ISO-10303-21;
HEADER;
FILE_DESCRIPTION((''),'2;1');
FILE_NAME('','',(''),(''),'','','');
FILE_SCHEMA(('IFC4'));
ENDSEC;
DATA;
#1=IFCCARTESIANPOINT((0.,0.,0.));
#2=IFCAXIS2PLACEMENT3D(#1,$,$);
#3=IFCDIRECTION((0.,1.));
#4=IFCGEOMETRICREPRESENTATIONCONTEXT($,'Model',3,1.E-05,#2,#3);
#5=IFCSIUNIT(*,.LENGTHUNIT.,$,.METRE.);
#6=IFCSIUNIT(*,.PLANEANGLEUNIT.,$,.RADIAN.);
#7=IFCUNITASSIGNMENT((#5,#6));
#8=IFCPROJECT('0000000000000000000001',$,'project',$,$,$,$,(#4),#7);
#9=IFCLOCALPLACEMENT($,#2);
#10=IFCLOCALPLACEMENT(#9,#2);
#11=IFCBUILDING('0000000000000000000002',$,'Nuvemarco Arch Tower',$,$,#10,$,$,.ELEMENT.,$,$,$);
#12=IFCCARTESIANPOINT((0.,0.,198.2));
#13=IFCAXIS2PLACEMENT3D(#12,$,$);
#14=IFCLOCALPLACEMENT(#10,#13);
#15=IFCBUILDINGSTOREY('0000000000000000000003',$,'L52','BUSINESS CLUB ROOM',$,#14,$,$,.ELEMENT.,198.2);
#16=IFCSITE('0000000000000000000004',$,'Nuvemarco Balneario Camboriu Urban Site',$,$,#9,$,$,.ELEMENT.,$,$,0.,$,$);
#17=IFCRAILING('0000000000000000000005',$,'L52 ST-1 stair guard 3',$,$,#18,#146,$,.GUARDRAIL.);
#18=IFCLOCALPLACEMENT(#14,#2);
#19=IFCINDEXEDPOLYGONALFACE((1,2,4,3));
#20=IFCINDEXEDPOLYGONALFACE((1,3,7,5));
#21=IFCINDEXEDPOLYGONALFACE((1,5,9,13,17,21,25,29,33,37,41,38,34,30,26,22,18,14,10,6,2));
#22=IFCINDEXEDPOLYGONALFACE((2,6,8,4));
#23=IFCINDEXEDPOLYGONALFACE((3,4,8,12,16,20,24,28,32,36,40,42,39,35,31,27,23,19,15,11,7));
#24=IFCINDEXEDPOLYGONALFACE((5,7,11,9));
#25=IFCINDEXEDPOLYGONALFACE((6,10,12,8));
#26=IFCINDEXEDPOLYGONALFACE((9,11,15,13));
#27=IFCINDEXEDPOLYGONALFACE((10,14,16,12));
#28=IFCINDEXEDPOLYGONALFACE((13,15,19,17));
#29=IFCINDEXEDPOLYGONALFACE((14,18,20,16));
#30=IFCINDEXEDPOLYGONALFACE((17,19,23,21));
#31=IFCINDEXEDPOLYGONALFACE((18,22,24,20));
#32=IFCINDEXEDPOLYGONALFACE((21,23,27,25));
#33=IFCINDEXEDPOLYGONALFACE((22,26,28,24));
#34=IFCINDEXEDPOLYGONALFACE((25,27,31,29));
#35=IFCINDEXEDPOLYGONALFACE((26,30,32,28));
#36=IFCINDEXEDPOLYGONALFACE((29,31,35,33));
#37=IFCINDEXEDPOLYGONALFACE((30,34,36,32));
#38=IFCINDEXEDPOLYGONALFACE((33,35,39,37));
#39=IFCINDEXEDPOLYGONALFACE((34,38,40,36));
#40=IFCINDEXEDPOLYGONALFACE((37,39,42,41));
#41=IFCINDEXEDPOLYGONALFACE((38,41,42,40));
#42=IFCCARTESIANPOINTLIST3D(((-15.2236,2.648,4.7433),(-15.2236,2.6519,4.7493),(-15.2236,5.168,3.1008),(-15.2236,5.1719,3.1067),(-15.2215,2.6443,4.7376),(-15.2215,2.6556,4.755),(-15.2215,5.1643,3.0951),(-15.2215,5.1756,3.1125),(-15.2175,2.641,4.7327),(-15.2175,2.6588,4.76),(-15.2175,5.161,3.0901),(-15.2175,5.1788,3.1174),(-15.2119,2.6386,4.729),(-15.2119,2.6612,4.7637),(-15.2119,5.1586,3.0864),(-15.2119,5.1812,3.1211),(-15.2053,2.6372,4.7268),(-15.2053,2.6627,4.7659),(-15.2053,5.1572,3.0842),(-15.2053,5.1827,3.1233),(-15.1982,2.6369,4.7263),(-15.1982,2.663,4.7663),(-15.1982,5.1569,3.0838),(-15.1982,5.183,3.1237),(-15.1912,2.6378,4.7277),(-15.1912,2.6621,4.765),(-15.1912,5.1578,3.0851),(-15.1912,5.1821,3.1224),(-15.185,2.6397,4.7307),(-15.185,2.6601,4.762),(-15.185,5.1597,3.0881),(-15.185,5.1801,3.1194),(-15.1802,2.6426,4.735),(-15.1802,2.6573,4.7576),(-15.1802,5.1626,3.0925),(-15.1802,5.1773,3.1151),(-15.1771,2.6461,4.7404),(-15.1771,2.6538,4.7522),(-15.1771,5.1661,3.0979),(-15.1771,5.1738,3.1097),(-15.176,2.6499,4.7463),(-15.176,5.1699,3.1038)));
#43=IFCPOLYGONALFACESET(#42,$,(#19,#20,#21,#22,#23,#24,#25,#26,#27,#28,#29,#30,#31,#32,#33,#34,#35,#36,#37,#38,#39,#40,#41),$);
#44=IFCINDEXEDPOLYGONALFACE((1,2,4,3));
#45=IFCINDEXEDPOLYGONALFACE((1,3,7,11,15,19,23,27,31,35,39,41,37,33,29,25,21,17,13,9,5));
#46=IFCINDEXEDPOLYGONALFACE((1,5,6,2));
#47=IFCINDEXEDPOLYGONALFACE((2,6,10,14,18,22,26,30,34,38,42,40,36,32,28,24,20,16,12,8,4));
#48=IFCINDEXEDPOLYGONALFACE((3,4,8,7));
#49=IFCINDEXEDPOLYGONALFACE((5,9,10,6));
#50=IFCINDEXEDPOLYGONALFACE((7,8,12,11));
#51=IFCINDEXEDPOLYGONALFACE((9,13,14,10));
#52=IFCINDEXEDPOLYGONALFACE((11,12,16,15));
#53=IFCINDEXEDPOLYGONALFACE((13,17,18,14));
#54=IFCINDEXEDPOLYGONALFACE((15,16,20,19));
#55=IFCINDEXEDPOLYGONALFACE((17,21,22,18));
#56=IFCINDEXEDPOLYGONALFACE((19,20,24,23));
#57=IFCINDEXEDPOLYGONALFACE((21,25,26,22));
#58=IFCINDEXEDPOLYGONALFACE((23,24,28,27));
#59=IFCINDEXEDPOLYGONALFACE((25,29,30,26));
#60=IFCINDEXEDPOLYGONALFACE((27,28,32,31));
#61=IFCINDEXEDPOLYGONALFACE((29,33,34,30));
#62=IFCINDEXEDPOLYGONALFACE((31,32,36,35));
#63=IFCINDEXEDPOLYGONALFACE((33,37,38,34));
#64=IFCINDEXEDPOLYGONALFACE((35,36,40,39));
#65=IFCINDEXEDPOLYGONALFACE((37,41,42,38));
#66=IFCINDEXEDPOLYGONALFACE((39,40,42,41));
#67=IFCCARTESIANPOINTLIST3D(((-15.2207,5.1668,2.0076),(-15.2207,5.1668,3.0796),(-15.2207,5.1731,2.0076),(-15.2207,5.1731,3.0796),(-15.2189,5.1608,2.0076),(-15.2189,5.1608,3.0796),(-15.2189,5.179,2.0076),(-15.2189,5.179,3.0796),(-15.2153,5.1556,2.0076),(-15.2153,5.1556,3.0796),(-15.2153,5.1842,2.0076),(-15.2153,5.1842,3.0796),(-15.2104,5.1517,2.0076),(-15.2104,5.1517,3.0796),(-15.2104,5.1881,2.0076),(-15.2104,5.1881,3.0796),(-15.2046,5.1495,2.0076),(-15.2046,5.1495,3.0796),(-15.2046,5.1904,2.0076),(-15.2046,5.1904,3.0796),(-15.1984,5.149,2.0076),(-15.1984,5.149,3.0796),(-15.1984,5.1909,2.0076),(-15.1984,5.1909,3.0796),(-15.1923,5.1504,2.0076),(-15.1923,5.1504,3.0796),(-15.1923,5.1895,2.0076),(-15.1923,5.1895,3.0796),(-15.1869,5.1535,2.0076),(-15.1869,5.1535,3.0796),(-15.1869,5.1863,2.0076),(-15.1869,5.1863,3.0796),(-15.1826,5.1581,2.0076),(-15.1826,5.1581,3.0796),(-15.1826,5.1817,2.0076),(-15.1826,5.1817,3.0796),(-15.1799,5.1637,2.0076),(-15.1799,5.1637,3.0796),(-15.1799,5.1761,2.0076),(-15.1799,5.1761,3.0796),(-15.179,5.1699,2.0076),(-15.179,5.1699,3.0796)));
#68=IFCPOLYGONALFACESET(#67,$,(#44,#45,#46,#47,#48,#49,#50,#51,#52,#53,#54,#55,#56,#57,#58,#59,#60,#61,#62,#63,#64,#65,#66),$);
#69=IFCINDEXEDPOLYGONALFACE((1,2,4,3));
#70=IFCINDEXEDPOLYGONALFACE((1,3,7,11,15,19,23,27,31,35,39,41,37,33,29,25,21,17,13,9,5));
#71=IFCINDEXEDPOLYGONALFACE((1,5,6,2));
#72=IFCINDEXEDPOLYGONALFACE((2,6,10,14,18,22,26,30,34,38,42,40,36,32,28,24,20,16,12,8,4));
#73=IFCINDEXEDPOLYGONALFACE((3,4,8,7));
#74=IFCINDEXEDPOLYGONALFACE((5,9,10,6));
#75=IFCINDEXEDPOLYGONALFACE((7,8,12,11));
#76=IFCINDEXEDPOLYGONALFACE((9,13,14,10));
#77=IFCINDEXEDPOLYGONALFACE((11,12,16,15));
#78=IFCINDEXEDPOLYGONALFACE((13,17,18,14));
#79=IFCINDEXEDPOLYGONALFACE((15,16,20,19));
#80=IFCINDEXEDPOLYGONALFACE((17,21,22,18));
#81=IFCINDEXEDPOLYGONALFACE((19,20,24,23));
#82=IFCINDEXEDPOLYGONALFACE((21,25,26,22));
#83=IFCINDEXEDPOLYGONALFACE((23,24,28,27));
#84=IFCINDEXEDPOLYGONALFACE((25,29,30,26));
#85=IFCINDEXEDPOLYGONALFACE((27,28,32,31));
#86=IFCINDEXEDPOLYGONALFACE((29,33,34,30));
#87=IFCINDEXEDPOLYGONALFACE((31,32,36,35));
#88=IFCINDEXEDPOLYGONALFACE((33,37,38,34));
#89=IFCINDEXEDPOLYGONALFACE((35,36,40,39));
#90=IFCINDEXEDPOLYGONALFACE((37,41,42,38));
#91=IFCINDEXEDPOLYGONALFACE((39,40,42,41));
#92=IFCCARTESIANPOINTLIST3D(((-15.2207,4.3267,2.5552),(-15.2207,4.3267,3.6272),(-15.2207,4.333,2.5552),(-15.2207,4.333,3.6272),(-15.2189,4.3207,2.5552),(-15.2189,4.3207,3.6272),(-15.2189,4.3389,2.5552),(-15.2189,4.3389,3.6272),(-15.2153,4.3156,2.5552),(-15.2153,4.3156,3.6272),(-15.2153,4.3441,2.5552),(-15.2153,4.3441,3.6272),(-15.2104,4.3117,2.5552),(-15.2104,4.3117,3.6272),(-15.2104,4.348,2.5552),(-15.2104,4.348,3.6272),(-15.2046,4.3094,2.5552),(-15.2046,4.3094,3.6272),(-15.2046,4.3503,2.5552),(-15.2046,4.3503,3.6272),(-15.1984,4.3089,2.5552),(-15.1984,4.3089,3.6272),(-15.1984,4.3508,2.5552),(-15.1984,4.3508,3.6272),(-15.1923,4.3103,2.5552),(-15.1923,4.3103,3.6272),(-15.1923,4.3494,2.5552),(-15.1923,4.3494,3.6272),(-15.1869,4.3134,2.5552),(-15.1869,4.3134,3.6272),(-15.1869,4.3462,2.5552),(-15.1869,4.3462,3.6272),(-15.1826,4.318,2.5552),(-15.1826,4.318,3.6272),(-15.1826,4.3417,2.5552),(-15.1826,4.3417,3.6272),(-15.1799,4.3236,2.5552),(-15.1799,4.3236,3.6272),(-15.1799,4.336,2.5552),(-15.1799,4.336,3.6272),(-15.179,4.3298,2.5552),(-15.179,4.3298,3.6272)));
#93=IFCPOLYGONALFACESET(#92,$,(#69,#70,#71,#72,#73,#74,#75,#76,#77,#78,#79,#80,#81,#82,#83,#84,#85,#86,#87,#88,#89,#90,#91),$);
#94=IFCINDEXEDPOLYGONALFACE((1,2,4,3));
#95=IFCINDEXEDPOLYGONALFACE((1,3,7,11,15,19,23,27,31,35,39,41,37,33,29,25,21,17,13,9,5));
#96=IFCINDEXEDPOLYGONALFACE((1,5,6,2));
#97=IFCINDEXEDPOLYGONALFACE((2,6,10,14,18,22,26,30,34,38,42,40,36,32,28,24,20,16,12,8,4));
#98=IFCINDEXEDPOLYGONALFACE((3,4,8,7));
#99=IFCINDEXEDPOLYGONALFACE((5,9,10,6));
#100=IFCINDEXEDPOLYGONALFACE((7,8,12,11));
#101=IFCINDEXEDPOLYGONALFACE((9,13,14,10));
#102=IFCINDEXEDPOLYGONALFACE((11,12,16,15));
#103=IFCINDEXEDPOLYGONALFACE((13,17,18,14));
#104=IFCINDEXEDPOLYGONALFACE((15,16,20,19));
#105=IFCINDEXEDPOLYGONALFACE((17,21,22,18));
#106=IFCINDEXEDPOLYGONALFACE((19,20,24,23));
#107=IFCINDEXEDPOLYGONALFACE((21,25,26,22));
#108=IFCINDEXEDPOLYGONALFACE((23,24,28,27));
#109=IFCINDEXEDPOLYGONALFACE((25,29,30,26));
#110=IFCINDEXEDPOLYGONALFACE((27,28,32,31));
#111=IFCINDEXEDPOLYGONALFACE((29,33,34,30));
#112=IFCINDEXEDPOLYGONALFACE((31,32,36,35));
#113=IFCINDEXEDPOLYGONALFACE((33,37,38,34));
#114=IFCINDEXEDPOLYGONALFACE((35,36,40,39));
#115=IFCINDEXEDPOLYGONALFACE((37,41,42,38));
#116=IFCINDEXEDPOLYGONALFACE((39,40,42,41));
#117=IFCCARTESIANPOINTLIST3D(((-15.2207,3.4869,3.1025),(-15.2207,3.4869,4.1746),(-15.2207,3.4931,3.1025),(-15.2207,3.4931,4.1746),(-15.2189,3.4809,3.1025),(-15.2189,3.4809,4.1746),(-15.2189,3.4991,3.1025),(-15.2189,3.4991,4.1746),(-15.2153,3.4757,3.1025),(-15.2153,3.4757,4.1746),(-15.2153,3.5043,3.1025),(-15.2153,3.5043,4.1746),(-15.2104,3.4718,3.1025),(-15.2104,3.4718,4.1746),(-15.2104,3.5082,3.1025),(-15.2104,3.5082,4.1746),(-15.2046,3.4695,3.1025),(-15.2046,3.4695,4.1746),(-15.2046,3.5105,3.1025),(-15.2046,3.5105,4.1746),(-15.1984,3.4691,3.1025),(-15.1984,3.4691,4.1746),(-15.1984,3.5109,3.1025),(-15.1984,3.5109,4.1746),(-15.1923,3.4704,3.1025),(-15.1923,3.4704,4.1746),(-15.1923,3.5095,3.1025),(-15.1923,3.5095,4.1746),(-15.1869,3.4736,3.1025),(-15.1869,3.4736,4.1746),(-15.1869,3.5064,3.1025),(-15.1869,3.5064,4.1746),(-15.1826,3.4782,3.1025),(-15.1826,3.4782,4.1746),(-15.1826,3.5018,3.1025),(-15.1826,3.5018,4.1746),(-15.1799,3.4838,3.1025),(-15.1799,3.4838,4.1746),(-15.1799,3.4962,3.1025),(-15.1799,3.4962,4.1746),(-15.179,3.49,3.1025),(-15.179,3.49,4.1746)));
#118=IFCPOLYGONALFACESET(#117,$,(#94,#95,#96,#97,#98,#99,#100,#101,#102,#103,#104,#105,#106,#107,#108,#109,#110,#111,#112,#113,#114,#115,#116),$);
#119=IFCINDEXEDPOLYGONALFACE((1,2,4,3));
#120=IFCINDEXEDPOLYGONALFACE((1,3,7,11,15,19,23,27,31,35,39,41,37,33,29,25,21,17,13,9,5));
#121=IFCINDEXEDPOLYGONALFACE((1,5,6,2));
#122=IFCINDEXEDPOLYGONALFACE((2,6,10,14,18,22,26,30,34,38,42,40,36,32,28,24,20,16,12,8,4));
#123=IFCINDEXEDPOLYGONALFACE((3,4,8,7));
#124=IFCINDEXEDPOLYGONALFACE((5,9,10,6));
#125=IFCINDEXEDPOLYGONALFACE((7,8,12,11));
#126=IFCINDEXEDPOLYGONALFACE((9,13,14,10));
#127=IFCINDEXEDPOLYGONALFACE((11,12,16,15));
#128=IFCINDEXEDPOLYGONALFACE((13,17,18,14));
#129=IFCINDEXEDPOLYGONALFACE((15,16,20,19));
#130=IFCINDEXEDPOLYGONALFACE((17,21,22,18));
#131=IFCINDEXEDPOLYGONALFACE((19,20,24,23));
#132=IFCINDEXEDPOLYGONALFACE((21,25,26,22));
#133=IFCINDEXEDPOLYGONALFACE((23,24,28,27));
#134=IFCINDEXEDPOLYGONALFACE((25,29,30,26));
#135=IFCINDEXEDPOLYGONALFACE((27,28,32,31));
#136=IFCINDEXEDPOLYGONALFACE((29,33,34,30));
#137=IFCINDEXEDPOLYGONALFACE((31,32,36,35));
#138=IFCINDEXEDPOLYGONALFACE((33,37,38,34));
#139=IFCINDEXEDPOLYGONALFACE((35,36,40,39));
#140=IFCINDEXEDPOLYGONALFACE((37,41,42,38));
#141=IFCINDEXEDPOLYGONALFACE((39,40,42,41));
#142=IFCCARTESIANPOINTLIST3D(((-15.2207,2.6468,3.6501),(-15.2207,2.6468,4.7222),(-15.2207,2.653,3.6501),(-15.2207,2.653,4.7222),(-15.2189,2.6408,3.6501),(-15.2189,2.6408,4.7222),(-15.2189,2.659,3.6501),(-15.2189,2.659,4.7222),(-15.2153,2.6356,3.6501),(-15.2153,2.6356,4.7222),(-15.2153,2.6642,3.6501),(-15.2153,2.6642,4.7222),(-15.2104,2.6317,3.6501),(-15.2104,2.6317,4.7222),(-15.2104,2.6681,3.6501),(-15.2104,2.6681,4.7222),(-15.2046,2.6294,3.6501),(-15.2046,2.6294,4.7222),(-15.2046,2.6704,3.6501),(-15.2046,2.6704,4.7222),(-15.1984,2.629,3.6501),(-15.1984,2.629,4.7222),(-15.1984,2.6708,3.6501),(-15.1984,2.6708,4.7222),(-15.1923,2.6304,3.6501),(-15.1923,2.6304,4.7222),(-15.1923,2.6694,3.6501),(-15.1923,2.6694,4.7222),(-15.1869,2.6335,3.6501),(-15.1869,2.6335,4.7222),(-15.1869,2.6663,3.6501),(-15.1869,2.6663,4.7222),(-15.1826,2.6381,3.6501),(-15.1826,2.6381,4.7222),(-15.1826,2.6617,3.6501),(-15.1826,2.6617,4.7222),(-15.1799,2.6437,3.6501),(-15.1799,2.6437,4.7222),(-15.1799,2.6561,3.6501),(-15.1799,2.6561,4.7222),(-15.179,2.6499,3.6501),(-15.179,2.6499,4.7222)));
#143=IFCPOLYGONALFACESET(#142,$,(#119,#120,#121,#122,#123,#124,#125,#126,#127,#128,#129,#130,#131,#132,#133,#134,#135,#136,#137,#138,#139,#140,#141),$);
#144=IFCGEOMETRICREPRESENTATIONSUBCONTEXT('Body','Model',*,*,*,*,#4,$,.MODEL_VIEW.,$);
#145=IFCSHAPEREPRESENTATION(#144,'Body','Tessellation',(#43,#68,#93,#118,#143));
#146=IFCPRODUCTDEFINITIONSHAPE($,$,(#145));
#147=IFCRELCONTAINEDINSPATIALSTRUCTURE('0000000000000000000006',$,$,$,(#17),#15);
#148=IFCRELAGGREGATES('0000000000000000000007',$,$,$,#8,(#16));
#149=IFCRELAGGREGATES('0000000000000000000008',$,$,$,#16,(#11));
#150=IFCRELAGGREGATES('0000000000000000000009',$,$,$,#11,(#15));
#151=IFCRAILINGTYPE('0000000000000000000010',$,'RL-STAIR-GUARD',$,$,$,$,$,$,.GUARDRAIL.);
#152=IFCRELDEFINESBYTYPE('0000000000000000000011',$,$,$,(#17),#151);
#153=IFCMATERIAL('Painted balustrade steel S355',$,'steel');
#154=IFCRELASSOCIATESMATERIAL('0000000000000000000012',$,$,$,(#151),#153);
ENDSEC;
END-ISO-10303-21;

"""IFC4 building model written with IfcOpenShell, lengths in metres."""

from ifc_helpers import new_model, si_unit, direction, frame, origin, origin_2d, place, context, subcontext, project, spatial, circle, extrude, material, type_object, element, save


model = new_model("IFC4")

# Units and contexts
model_context = context("Model", 3, precision=1e-05, world=origin(), true_north=direction((0.0, 1.0)))
body_context = subcontext(model_context, "Body", "Model", "MODEL_VIEW")
ifc_project = project(units=[si_unit("LENGTHUNIT", "METRE"), si_unit("PLANEANGLEUNIT", "RADIAN")], contexts=[model_context])

# Site, building, storey
site_placement = place(None, origin())
site = spatial("IfcSite", under=ifc_project, at=site_placement, Name="Nuvemarco Balneario Camboriu Urban Site", CompositionType="ELEMENT", RefElevation=0.0)
building_placement = place(site_placement, origin())
building = spatial("IfcBuilding", under=site, at=building_placement, Name="Nuvemarco Arch Tower", CompositionType="ELEMENT")
storey_placement = place(building_placement, frame((0.0, 0.0, 198.2)))
storey = spatial("IfcBuildingStorey", under=building, at=storey_placement, Name="L52", Description="BUSINESS CLUB ROOM", CompositionType="ELEMENT", Elevation=198.2)

# Railing
ifc_material_1 = material(Name="Painted balustrade steel S355", Category="steel")
railing_type_1 = type_object("IfcRailingType", Name="RL-STAIR-GUARD", PredefinedType="GUARDRAIL", material=ifc_material_1)
railing_1_placement = place(storey_placement, frame((-15.2, 5.1699, 2.0076)))
element("IfcRailing", 1, at=railing_1_placement, inside=storey, type_object=railing_type_1, Name="L52 ST-1 stair guard 3", PredefinedType="GUARDRAIL", context=body_context, shape_type="SweptSolid", body=[
    extrude(circle(Radius=0.0239, at=origin_2d()), frame((0.0, 0.0, 1.0962), z_axis=(0.0, -0.837749, 0.546055), x_axis=(1.0, 0.0, 0.0)), (0.0, 0.0, 1.0), 3.0081),
    extrude(circle(Radius=0.021, at=origin_2d()), origin(), (0.0, 0.0, 1.0), 1.072),
    extrude(circle(Radius=0.021, at=origin_2d()), frame((0.0, -0.8401, 0.5476)), (0.0, 0.0, 1.0), 1.072),
    extrude(circle(Radius=0.021, at=origin_2d()), frame((0.0, -1.6799, 1.095)), (0.0, 0.0, 1.0), 1.072),
    extrude(circle(Radius=0.021, at=origin_2d()), frame((0.0, -2.52, 1.6426)), (0.0, 0.0, 1.0), 1.072),
])

save(model, "model.ifc")
